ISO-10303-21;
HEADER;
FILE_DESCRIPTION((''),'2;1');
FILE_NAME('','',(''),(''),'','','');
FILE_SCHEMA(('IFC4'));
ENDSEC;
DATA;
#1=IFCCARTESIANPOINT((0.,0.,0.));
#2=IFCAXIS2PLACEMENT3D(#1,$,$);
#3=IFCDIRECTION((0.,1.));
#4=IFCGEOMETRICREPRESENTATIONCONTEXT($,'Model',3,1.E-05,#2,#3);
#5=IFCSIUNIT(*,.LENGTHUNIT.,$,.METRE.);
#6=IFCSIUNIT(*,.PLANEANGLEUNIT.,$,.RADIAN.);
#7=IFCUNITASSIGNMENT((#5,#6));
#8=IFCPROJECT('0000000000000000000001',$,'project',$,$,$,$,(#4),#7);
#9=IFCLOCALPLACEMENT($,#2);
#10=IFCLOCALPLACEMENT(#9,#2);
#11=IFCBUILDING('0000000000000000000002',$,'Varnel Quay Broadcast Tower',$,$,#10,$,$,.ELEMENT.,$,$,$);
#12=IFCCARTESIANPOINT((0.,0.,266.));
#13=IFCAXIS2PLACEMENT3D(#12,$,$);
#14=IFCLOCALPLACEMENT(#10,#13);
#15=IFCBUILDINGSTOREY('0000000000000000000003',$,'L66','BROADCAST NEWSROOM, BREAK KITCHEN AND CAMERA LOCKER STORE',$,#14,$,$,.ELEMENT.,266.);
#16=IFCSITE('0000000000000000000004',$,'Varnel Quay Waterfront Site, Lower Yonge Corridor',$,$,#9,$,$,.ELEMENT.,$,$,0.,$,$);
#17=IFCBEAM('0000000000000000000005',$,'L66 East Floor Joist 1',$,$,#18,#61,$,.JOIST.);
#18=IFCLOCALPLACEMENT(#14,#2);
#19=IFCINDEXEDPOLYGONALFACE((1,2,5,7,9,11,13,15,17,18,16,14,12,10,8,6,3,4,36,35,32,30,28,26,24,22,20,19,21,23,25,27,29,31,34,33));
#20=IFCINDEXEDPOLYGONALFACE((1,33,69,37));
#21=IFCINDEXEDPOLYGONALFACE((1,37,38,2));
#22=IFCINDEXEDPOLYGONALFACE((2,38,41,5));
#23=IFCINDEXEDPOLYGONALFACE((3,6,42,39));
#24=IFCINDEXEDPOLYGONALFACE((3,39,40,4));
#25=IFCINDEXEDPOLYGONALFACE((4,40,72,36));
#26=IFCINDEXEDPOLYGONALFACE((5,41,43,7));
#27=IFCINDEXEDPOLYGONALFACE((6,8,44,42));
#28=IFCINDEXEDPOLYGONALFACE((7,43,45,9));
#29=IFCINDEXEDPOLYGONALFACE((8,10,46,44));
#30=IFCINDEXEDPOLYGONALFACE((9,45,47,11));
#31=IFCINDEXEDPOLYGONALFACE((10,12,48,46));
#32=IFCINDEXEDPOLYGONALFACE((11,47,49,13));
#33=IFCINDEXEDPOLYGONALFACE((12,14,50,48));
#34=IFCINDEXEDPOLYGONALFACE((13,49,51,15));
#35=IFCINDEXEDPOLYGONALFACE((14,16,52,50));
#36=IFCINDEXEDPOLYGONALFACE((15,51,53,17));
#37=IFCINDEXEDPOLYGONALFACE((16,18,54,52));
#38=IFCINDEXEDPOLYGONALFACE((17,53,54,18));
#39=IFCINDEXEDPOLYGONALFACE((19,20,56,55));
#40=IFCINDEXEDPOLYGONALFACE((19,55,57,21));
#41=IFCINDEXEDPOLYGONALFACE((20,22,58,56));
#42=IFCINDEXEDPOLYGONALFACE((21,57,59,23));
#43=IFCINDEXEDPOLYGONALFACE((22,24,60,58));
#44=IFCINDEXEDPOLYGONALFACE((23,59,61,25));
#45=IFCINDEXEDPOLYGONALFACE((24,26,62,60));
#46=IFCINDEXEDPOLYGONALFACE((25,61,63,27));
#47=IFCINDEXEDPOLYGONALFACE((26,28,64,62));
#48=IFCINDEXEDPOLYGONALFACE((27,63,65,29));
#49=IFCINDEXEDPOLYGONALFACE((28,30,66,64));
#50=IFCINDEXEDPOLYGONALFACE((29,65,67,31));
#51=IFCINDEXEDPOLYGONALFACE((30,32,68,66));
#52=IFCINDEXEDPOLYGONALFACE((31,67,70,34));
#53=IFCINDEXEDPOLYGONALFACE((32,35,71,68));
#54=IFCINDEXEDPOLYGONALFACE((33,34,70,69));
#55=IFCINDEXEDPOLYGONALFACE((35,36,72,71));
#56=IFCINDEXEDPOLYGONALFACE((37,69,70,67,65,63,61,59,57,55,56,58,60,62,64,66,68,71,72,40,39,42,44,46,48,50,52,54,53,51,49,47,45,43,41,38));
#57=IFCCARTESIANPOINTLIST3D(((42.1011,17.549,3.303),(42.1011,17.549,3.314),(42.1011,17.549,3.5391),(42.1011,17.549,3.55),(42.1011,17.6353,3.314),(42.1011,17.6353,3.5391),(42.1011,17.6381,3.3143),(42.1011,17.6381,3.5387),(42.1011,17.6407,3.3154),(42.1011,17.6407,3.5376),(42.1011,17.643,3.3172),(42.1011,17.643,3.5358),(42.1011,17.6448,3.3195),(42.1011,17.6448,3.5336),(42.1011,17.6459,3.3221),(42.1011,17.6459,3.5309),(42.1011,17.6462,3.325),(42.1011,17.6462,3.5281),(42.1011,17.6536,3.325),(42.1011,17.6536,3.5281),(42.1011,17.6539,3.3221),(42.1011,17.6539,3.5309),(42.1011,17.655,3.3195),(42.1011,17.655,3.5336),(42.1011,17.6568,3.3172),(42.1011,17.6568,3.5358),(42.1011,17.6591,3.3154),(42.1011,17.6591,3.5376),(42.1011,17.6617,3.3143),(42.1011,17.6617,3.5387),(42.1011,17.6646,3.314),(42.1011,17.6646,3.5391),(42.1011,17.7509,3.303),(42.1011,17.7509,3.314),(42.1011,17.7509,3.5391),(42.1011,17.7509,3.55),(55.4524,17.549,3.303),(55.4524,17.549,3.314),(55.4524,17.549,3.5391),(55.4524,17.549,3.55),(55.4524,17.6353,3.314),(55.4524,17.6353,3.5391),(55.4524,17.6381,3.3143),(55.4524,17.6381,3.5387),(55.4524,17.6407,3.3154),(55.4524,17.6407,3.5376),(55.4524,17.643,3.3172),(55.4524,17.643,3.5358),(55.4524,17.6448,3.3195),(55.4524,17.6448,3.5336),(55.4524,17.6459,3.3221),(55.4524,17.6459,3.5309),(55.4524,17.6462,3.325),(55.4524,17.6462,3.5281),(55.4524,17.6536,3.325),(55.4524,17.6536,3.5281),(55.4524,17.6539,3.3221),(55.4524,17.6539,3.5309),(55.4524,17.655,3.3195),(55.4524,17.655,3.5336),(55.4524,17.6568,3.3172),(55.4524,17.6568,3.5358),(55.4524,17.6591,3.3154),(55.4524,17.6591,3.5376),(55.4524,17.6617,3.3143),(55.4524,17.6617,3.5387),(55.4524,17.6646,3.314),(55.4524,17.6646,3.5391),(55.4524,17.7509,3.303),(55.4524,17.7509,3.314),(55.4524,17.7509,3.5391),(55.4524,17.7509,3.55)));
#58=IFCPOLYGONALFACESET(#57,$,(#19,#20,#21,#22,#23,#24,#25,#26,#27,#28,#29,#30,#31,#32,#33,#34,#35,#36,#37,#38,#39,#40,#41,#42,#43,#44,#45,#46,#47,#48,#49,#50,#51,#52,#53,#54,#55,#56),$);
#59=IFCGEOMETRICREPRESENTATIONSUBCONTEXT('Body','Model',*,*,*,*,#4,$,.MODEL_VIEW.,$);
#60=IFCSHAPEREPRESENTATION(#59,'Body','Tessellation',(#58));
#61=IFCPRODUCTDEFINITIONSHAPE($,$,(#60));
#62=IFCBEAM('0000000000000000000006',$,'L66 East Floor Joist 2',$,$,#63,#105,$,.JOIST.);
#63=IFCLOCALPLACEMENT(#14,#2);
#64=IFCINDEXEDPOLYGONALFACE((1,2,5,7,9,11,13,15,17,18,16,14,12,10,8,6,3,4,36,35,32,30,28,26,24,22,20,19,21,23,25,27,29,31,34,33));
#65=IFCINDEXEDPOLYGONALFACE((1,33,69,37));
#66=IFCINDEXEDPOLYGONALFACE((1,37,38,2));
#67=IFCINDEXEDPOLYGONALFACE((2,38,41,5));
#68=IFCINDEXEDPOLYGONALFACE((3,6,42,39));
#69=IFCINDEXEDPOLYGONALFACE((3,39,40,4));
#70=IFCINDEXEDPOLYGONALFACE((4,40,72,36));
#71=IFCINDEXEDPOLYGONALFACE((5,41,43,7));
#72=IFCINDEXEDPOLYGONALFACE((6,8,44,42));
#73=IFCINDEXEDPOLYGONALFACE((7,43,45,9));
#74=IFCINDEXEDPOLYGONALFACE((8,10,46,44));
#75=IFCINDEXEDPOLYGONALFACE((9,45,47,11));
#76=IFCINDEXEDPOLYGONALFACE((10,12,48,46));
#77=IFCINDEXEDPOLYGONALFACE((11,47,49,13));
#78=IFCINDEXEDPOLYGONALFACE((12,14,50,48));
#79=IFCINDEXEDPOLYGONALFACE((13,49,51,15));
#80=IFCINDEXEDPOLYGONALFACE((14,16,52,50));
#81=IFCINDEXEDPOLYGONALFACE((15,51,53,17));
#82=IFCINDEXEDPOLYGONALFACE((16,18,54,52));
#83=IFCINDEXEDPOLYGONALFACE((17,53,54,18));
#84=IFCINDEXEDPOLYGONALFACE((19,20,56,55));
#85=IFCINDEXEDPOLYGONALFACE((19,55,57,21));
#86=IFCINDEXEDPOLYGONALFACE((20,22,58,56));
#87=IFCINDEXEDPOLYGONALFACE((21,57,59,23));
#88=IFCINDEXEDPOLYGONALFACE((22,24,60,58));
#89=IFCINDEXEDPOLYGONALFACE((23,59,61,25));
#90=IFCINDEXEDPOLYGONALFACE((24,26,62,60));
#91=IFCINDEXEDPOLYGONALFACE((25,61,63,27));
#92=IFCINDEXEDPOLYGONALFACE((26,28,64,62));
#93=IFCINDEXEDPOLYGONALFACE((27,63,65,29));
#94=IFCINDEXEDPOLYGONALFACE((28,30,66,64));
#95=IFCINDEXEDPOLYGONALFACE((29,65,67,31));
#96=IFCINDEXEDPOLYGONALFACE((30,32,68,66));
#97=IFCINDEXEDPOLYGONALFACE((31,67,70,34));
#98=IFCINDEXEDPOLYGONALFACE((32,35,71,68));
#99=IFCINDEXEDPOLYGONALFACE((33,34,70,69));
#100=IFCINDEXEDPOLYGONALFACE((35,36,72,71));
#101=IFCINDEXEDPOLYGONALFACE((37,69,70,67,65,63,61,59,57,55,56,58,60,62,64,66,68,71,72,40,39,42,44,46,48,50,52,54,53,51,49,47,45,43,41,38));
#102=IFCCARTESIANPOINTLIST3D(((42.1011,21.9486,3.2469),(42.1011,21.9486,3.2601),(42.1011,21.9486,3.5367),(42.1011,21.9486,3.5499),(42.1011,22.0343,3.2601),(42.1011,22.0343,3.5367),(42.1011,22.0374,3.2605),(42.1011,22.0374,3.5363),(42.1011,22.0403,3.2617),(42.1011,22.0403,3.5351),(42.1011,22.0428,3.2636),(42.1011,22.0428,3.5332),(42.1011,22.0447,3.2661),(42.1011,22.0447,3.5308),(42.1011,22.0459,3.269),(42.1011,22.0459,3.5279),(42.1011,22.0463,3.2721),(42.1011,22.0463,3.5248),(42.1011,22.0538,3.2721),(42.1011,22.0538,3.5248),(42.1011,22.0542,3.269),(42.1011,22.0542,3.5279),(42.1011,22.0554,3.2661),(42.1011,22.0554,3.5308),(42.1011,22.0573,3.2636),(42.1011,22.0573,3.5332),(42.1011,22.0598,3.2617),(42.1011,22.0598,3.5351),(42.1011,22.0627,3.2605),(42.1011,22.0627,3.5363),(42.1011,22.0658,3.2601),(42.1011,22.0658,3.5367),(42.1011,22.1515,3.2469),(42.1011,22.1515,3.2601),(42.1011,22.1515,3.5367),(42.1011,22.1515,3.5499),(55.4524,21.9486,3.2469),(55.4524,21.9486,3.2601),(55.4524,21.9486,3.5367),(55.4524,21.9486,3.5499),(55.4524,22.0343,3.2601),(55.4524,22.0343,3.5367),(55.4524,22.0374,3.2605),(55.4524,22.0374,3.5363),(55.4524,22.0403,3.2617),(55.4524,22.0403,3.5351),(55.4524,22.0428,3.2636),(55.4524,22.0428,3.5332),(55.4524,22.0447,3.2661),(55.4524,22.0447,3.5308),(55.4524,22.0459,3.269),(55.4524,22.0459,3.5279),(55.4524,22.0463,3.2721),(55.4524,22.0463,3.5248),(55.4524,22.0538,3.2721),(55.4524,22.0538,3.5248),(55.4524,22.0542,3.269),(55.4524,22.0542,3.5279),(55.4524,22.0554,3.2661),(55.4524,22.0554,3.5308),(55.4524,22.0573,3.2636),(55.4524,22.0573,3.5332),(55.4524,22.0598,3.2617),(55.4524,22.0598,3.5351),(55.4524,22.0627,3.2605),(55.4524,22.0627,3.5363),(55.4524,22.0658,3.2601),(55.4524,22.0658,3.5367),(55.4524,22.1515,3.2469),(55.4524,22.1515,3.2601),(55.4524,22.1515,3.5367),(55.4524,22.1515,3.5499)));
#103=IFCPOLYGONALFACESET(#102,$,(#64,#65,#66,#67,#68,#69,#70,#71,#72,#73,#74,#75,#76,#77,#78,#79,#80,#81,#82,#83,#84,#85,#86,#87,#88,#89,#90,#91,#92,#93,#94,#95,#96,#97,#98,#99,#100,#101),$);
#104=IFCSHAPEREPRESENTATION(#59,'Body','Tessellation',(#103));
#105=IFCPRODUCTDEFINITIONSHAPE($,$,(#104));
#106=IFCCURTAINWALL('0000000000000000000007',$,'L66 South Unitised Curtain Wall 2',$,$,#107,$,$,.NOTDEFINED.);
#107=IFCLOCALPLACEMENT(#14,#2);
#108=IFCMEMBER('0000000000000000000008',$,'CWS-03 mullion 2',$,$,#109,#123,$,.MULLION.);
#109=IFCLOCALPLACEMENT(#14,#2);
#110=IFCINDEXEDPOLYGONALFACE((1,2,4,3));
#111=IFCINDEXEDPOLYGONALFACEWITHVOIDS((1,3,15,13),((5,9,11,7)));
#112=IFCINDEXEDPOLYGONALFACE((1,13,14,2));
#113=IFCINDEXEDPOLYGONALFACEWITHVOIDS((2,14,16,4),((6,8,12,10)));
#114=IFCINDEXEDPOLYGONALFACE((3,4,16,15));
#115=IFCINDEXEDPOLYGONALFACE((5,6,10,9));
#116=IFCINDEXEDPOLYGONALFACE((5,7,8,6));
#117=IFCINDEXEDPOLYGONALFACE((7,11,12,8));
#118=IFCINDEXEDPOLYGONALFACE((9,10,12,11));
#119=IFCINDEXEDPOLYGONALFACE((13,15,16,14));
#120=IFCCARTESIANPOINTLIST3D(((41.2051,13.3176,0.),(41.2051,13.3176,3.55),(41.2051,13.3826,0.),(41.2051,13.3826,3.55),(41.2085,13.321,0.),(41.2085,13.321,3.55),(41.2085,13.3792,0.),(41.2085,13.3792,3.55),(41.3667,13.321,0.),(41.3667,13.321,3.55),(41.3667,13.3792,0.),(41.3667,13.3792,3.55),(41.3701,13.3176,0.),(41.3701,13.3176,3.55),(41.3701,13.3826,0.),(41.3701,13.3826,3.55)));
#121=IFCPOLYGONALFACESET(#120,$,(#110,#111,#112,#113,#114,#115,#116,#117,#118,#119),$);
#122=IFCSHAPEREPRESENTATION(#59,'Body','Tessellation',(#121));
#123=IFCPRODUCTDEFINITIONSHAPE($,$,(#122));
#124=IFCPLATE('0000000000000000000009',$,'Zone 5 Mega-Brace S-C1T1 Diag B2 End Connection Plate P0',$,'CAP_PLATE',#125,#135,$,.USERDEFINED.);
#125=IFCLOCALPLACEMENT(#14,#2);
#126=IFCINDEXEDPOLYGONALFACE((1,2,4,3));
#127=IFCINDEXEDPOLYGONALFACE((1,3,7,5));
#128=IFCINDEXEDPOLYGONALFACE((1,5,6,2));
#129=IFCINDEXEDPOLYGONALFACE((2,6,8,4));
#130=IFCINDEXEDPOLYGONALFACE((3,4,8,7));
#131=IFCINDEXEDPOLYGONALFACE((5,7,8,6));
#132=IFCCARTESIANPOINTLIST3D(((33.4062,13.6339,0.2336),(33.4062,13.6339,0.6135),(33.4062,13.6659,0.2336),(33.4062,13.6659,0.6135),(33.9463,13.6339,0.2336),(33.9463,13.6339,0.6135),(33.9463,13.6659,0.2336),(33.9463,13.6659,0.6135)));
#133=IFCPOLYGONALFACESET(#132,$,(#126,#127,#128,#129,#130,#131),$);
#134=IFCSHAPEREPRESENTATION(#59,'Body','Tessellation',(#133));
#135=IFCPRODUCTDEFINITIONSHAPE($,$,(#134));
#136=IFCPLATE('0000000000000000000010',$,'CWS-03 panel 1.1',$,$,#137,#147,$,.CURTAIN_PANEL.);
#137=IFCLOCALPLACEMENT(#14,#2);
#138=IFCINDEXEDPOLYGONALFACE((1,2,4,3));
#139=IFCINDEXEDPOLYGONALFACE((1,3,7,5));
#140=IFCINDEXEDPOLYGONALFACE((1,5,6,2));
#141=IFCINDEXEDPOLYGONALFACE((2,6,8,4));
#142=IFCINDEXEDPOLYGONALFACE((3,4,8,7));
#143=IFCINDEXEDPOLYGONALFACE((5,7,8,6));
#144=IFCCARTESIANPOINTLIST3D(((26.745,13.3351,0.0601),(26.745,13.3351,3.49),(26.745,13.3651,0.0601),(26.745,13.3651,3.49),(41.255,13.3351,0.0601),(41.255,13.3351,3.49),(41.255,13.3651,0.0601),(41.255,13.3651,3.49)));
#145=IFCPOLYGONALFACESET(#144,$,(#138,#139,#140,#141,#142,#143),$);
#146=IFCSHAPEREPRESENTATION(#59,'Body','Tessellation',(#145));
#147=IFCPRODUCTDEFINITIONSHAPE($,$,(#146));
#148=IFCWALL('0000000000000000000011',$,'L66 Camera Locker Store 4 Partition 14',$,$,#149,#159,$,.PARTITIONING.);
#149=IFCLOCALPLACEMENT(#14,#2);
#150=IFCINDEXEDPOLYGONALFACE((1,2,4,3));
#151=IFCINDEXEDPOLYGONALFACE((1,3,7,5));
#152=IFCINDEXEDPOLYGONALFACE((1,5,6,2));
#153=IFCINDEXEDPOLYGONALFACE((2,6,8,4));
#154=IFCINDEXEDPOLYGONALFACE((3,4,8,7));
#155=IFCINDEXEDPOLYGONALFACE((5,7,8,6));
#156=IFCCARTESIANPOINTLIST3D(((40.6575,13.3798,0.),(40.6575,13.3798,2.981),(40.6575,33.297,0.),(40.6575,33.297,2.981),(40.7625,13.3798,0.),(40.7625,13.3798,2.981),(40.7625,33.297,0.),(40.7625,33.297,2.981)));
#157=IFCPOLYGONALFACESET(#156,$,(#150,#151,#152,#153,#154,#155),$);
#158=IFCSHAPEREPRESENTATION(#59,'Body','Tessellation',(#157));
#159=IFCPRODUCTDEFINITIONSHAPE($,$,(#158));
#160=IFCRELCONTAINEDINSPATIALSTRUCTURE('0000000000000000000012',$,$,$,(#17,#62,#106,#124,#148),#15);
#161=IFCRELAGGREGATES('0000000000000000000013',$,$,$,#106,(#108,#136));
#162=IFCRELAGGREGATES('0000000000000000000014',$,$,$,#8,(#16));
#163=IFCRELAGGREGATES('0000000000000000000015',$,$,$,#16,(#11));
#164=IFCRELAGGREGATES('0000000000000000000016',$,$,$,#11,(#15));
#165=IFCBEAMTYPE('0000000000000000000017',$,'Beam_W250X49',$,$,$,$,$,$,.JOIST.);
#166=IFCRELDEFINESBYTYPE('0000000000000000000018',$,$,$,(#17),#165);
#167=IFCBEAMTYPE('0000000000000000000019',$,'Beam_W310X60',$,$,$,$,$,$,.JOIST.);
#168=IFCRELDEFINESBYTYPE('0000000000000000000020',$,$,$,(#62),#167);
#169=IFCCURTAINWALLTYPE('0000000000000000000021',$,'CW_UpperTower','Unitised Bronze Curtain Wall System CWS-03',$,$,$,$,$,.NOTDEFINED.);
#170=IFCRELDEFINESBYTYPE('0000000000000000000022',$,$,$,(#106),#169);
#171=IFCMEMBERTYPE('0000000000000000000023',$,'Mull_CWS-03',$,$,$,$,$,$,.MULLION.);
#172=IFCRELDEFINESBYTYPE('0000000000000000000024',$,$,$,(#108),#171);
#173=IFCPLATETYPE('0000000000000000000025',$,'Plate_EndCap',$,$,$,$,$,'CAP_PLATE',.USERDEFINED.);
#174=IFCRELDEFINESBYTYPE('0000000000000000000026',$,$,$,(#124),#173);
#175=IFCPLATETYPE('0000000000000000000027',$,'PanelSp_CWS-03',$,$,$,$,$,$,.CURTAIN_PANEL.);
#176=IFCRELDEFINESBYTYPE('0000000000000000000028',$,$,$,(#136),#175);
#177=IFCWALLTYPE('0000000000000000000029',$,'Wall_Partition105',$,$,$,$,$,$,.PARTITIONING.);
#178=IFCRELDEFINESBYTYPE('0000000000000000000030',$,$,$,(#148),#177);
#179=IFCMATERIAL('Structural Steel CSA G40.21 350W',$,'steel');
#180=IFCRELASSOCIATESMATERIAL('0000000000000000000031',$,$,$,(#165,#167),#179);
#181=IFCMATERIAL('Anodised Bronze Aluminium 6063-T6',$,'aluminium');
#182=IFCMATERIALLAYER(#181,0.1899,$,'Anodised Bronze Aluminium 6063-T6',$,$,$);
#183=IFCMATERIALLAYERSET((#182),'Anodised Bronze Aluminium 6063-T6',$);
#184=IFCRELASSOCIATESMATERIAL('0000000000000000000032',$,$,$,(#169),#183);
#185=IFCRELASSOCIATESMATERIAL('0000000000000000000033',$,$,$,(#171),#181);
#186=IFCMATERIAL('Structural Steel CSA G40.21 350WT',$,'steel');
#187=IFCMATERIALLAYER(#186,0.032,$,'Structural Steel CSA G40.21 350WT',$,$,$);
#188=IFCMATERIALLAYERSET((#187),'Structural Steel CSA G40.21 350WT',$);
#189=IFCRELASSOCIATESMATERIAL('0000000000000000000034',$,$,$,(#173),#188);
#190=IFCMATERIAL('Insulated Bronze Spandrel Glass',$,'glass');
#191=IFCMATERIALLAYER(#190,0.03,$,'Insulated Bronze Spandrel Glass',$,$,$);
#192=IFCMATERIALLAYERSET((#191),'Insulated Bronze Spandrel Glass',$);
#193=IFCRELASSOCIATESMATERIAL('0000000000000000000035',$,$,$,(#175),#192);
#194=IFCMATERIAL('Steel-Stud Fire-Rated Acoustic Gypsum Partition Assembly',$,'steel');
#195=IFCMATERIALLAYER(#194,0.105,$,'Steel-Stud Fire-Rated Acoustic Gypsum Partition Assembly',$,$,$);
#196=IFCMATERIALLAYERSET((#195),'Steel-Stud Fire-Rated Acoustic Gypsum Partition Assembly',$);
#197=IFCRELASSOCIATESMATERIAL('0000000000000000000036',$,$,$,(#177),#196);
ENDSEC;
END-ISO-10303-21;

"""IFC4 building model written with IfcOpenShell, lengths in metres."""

from ifc_helpers import new_model, si_unit, direction, frame, frame_2d, origin, origin_2d, place, context, subcontext, project, spatial, rectangle, hollow_rectangle, i_section, extrude, source, transform, mapped, material, layer, layer_set, material_profile, profile_set, type_object, type_shapes, element, aggregate, save


model = new_model("IFC4")

# Units and contexts
model_context = context("Model", 3, precision=1e-05, world=origin(), true_north=direction((0.0, 1.0)))
body_context = subcontext(model_context, "Body", "Model", "MODEL_VIEW")
ifc_project = project(units=[si_unit("LENGTHUNIT", "METRE"), si_unit("PLANEANGLEUNIT", "RADIAN")], contexts=[model_context])

# Site, building, storey
site_placement = place(None, origin())
site = spatial("IfcSite", under=ifc_project, at=site_placement, Name="Varnel Quay Waterfront Site, Lower Yonge Corridor", CompositionType="ELEMENT", RefElevation=0.0)
building_placement = place(site_placement, origin())
building = spatial("IfcBuilding", under=site, at=building_placement, Name="Varnel Quay Broadcast Tower", CompositionType="ELEMENT")
storey_placement = place(building_placement, frame((0.0, 0.0, 266.0)))
storey = spatial("IfcBuildingStorey", under=building, at=storey_placement, Name="L66", Description="BROADCAST NEWSROOM, BREAK KITCHEN AND CAMERA LOCKER STORE", CompositionType="ELEMENT", Elevation=266.0)

# Shared definitions
ifc_material_1 = material(Name="Structural Steel CSA G40.21 350W", Category="steel")

# Beams
ifc_material_profile_1 = material_profile(ifc_material_1, i_section(OverallWidth=0.2019, OverallDepth=0.2471, WebThickness=0.0073, FlangeThickness=0.011, FilletRadius=0.011, at=origin_2d()), Name="W250X49")
ifc_profile_set_1 = profile_set([ifc_material_profile_1], Name="Structural Steel CSA G40.21 350W")
beam_type_1 = type_object("IfcBeamType", Name="Beam_W250X49", PredefinedType="JOIST", material=ifc_profile_set_1)
shared_shape_1 = source(origin(), body_context, "Body", "SweptSolid", [
    extrude(i_section(OverallWidth=0.2019, OverallDepth=0.2471, WebThickness=0.0073, FlangeThickness=0.011, FilletRadius=0.011, at=origin_2d()), origin(), (0.0, 0.0, 1.0), 13.3513),
])
type_shapes(beam_type_1, [shared_shape_1])
beam_1_placement = place(storey_placement, frame((42.1011, 17.6499, 3.4265), z_axis=(1.0, 0.0, 0.0), x_axis=(0.0, 1.0, 0.0)))
element("IfcBeam", 1, at=beam_1_placement, inside=storey, type_object=beam_type_1, Name="L66 East Floor Joist 1", PredefinedType="JOIST", context=body_context, shape_type="MappedRepresentation", body=[
    mapped(shared_shape_1, transform((0.0, 0.0, 0.0), x_axis=(1.0, 0.0, 0.0), y_axis=(0.0, 1.0, 0.0), z_axis=(0.0, 0.0, 1.0), scale=1.0)),
])
ifc_material_profile_2 = material_profile(ifc_material_1, i_section(OverallWidth=0.2029, OverallDepth=0.303, WebThickness=0.0076, FlangeThickness=0.0132, FilletRadius=0.012, at=origin_2d()), Name="W310X60")
ifc_profile_set_2 = profile_set([ifc_material_profile_2], Name="Structural Steel CSA G40.21 350W")
beam_type_2 = type_object("IfcBeamType", Name="Beam_W310X60", PredefinedType="JOIST", material=ifc_profile_set_2)
shared_shape_2 = source(origin(), body_context, "Body", "SweptSolid", [
    extrude(i_section(OverallWidth=0.2029, OverallDepth=0.303, WebThickness=0.0076, FlangeThickness=0.0132, FilletRadius=0.012, at=origin_2d()), origin(), (0.0, 0.0, 1.0), 13.3513),
])
type_shapes(beam_type_2, [shared_shape_2])
beam_2_placement = place(storey_placement, frame((42.1011, 22.05, 3.3984), z_axis=(1.0, 0.0, 0.0), x_axis=(0.0, 1.0, 0.0)))
element("IfcBeam", 2, at=beam_2_placement, inside=storey, type_object=beam_type_2, Name="L66 East Floor Joist 2", PredefinedType="JOIST", context=body_context, shape_type="MappedRepresentation", body=[
    mapped(shared_shape_2, transform((0.0, 0.0, 0.0), x_axis=(1.0, 0.0, 0.0), y_axis=(0.0, 1.0, 0.0), z_axis=(0.0, 0.0, 1.0), scale=1.0)),
])

# Curtain wall, member
ifc_material_2 = material(Name="Anodised Bronze Aluminium 6063-T6", Category="aluminium")
ifc_layer_1 = layer(ifc_material_2, 0.1899, Name="Anodised Bronze Aluminium 6063-T6")
ifc_layer_set_1 = layer_set([ifc_layer_1], Name="Anodised Bronze Aluminium 6063-T6")
curtain_wall_type = type_object("IfcCurtainWallType", Name="CW_UpperTower", Description="Unitised Bronze Curtain Wall System CWS-03", PredefinedType="NOTDEFINED", material=ifc_layer_set_1)
curtain_wall_placement = place(storey_placement, origin())
curtain_wall = element("IfcCurtainWall", 3, at=curtain_wall_placement, inside=storey, type_object=curtain_wall_type, Name="L66 South Unitised Curtain Wall 2", PredefinedType="NOTDEFINED")
ifc_material_profile_3 = material_profile(ifc_material_2, hollow_rectangle(XDim=0.0649, YDim=0.165, WallThickness=0.0034, at=origin_2d()), Name="ALU65X165X3.5")
ifc_profile_set_3 = profile_set([ifc_material_profile_3], Name="Anodised Bronze Aluminium 6063-T6")
member_type = type_object("IfcMemberType", Name="Mull_CWS-03", PredefinedType="MULLION", material=ifc_profile_set_3)
shared_shape_3 = source(origin(), body_context, "Body", "SweptSolid", [
    extrude(hollow_rectangle(XDim=0.0649, YDim=0.165, WallThickness=0.0034, at=origin_2d()), origin(), (0.0, 0.0, 1.0), 3.55),
])
type_shapes(member_type, [shared_shape_3])
member_placement = place(storey_placement, frame((41.2876, 13.3501, 0.0), z_axis=(0.0, 0.0, 1.0), x_axis=(0.0, 1.0, 0.0)))
member = element("IfcMember", 4, at=member_placement, type_object=member_type, Name="CWS-03 mullion 2", PredefinedType="MULLION", context=body_context, shape_type="MappedRepresentation", body=[
    mapped(shared_shape_3, transform((0.0, 0.0, 0.0), x_axis=(1.0, 0.0, 0.0), y_axis=(0.0, 1.0, 0.0), z_axis=(0.0, 0.0, 1.0), scale=1.0)),
])

# Plates
ifc_material_3 = material(Name="Structural Steel CSA G40.21 350WT", Category="steel")
ifc_layer_2 = layer(ifc_material_3, 0.032, Name="Structural Steel CSA G40.21 350WT")
ifc_layer_set_2 = layer_set([ifc_layer_2], Name="Structural Steel CSA G40.21 350WT")
plate_type_1 = type_object("IfcPlateType", Name="Plate_EndCap", ElementType="CAP_PLATE", PredefinedType="USERDEFINED", material=ifc_layer_set_2)
shared_shape_4 = source(origin(), body_context, "Body", "SweptSolid", [
    extrude(rectangle(XDim=0.54, YDim=0.032, at=origin_2d()), origin(), (0.0, 0.0, 1.0), 0.3799),
])
type_shapes(plate_type_1, [shared_shape_4])
plate_1_placement = place(storey_placement, frame((33.6763, 13.6499, 0.2336), z_axis=(0.0, 0.0, 1.0), x_axis=(1.0, 0.0, 0.0)))
element("IfcPlate", 5, at=plate_1_placement, inside=storey, type_object=plate_type_1, Name="Zone 5 Mega-Brace S-C1T1 Diag B2 End Connection Plate P0", ObjectType="CAP_PLATE", PredefinedType="USERDEFINED", context=body_context, shape_type="MappedRepresentation", body=[
    mapped(shared_shape_4, transform((0.0, 0.0, 0.0), x_axis=(1.0, 0.0, 0.0), y_axis=(0.0, 1.0, 0.0), z_axis=(0.0, 0.0, 1.0), scale=1.0)),
])
ifc_material_4 = material(Name="Insulated Bronze Spandrel Glass", Category="glass")
ifc_layer_3 = layer(ifc_material_4, 0.03, Name="Insulated Bronze Spandrel Glass")
ifc_layer_set_3 = layer_set([ifc_layer_3], Name="Insulated Bronze Spandrel Glass")
plate_type_2 = type_object("IfcPlateType", Name="PanelSp_CWS-03", PredefinedType="CURTAIN_PANEL", material=ifc_layer_set_3)
shared_shape_5 = source(origin(), body_context, "Body", "SweptSolid", [
    extrude(rectangle(XDim=14.51, YDim=0.03, at=origin_2d()), origin(), (0.0, 0.0, 1.0), 3.4299),
])
type_shapes(plate_type_2, [shared_shape_5])
plate_2_placement = place(storey_placement, frame((34.0, 13.3501, 0.0601), z_axis=(0.0, 0.0, 1.0), x_axis=(1.0, 0.0, 0.0)))
plate_2 = element("IfcPlate", 6, at=plate_2_placement, type_object=plate_type_2, Name="CWS-03 panel 1.1", PredefinedType="CURTAIN_PANEL", context=body_context, shape_type="MappedRepresentation", body=[
    mapped(shared_shape_5, transform((0.0, 0.0, 0.0), x_axis=(1.0, 0.0, 0.0), y_axis=(0.0, 1.0, 0.0), z_axis=(0.0, 0.0, 1.0), scale=1.0)),
])
aggregate(curtain_wall, [member, plate_2])

# Wall
ifc_material_5 = material(Name="Steel-Stud Fire-Rated Acoustic Gypsum Partition Assembly", Category="steel")
ifc_layer_4 = layer(ifc_material_5, 0.105, Name="Steel-Stud Fire-Rated Acoustic Gypsum Partition Assembly")
ifc_layer_set_4 = layer_set([ifc_layer_4], Name="Steel-Stud Fire-Rated Acoustic Gypsum Partition Assembly")
wall_type_1 = type_object("IfcWallType", Name="Wall_Partition105", PredefinedType="PARTITIONING", material=ifc_layer_set_4)
wall_1_placement = place(storey_placement, frame((40.71, 13.3799, 0.0), z_axis=(0.0, 0.0, 1.0), x_axis=(0.0, 1.0, 0.0)))
element("IfcWall", 7, at=wall_1_placement, inside=storey, type_object=wall_type_1, Name="L66 Camera Locker Store 4 Partition 14", PredefinedType="PARTITIONING", context=body_context, shape_type="SweptSolid", body=[
    extrude(rectangle(XDim=19.9172, YDim=0.105, at=frame_2d((9.9585, 0.0))), origin(), (0.0, 0.0, 1.0), 2.981),
])

save(model, "model.ifc")
